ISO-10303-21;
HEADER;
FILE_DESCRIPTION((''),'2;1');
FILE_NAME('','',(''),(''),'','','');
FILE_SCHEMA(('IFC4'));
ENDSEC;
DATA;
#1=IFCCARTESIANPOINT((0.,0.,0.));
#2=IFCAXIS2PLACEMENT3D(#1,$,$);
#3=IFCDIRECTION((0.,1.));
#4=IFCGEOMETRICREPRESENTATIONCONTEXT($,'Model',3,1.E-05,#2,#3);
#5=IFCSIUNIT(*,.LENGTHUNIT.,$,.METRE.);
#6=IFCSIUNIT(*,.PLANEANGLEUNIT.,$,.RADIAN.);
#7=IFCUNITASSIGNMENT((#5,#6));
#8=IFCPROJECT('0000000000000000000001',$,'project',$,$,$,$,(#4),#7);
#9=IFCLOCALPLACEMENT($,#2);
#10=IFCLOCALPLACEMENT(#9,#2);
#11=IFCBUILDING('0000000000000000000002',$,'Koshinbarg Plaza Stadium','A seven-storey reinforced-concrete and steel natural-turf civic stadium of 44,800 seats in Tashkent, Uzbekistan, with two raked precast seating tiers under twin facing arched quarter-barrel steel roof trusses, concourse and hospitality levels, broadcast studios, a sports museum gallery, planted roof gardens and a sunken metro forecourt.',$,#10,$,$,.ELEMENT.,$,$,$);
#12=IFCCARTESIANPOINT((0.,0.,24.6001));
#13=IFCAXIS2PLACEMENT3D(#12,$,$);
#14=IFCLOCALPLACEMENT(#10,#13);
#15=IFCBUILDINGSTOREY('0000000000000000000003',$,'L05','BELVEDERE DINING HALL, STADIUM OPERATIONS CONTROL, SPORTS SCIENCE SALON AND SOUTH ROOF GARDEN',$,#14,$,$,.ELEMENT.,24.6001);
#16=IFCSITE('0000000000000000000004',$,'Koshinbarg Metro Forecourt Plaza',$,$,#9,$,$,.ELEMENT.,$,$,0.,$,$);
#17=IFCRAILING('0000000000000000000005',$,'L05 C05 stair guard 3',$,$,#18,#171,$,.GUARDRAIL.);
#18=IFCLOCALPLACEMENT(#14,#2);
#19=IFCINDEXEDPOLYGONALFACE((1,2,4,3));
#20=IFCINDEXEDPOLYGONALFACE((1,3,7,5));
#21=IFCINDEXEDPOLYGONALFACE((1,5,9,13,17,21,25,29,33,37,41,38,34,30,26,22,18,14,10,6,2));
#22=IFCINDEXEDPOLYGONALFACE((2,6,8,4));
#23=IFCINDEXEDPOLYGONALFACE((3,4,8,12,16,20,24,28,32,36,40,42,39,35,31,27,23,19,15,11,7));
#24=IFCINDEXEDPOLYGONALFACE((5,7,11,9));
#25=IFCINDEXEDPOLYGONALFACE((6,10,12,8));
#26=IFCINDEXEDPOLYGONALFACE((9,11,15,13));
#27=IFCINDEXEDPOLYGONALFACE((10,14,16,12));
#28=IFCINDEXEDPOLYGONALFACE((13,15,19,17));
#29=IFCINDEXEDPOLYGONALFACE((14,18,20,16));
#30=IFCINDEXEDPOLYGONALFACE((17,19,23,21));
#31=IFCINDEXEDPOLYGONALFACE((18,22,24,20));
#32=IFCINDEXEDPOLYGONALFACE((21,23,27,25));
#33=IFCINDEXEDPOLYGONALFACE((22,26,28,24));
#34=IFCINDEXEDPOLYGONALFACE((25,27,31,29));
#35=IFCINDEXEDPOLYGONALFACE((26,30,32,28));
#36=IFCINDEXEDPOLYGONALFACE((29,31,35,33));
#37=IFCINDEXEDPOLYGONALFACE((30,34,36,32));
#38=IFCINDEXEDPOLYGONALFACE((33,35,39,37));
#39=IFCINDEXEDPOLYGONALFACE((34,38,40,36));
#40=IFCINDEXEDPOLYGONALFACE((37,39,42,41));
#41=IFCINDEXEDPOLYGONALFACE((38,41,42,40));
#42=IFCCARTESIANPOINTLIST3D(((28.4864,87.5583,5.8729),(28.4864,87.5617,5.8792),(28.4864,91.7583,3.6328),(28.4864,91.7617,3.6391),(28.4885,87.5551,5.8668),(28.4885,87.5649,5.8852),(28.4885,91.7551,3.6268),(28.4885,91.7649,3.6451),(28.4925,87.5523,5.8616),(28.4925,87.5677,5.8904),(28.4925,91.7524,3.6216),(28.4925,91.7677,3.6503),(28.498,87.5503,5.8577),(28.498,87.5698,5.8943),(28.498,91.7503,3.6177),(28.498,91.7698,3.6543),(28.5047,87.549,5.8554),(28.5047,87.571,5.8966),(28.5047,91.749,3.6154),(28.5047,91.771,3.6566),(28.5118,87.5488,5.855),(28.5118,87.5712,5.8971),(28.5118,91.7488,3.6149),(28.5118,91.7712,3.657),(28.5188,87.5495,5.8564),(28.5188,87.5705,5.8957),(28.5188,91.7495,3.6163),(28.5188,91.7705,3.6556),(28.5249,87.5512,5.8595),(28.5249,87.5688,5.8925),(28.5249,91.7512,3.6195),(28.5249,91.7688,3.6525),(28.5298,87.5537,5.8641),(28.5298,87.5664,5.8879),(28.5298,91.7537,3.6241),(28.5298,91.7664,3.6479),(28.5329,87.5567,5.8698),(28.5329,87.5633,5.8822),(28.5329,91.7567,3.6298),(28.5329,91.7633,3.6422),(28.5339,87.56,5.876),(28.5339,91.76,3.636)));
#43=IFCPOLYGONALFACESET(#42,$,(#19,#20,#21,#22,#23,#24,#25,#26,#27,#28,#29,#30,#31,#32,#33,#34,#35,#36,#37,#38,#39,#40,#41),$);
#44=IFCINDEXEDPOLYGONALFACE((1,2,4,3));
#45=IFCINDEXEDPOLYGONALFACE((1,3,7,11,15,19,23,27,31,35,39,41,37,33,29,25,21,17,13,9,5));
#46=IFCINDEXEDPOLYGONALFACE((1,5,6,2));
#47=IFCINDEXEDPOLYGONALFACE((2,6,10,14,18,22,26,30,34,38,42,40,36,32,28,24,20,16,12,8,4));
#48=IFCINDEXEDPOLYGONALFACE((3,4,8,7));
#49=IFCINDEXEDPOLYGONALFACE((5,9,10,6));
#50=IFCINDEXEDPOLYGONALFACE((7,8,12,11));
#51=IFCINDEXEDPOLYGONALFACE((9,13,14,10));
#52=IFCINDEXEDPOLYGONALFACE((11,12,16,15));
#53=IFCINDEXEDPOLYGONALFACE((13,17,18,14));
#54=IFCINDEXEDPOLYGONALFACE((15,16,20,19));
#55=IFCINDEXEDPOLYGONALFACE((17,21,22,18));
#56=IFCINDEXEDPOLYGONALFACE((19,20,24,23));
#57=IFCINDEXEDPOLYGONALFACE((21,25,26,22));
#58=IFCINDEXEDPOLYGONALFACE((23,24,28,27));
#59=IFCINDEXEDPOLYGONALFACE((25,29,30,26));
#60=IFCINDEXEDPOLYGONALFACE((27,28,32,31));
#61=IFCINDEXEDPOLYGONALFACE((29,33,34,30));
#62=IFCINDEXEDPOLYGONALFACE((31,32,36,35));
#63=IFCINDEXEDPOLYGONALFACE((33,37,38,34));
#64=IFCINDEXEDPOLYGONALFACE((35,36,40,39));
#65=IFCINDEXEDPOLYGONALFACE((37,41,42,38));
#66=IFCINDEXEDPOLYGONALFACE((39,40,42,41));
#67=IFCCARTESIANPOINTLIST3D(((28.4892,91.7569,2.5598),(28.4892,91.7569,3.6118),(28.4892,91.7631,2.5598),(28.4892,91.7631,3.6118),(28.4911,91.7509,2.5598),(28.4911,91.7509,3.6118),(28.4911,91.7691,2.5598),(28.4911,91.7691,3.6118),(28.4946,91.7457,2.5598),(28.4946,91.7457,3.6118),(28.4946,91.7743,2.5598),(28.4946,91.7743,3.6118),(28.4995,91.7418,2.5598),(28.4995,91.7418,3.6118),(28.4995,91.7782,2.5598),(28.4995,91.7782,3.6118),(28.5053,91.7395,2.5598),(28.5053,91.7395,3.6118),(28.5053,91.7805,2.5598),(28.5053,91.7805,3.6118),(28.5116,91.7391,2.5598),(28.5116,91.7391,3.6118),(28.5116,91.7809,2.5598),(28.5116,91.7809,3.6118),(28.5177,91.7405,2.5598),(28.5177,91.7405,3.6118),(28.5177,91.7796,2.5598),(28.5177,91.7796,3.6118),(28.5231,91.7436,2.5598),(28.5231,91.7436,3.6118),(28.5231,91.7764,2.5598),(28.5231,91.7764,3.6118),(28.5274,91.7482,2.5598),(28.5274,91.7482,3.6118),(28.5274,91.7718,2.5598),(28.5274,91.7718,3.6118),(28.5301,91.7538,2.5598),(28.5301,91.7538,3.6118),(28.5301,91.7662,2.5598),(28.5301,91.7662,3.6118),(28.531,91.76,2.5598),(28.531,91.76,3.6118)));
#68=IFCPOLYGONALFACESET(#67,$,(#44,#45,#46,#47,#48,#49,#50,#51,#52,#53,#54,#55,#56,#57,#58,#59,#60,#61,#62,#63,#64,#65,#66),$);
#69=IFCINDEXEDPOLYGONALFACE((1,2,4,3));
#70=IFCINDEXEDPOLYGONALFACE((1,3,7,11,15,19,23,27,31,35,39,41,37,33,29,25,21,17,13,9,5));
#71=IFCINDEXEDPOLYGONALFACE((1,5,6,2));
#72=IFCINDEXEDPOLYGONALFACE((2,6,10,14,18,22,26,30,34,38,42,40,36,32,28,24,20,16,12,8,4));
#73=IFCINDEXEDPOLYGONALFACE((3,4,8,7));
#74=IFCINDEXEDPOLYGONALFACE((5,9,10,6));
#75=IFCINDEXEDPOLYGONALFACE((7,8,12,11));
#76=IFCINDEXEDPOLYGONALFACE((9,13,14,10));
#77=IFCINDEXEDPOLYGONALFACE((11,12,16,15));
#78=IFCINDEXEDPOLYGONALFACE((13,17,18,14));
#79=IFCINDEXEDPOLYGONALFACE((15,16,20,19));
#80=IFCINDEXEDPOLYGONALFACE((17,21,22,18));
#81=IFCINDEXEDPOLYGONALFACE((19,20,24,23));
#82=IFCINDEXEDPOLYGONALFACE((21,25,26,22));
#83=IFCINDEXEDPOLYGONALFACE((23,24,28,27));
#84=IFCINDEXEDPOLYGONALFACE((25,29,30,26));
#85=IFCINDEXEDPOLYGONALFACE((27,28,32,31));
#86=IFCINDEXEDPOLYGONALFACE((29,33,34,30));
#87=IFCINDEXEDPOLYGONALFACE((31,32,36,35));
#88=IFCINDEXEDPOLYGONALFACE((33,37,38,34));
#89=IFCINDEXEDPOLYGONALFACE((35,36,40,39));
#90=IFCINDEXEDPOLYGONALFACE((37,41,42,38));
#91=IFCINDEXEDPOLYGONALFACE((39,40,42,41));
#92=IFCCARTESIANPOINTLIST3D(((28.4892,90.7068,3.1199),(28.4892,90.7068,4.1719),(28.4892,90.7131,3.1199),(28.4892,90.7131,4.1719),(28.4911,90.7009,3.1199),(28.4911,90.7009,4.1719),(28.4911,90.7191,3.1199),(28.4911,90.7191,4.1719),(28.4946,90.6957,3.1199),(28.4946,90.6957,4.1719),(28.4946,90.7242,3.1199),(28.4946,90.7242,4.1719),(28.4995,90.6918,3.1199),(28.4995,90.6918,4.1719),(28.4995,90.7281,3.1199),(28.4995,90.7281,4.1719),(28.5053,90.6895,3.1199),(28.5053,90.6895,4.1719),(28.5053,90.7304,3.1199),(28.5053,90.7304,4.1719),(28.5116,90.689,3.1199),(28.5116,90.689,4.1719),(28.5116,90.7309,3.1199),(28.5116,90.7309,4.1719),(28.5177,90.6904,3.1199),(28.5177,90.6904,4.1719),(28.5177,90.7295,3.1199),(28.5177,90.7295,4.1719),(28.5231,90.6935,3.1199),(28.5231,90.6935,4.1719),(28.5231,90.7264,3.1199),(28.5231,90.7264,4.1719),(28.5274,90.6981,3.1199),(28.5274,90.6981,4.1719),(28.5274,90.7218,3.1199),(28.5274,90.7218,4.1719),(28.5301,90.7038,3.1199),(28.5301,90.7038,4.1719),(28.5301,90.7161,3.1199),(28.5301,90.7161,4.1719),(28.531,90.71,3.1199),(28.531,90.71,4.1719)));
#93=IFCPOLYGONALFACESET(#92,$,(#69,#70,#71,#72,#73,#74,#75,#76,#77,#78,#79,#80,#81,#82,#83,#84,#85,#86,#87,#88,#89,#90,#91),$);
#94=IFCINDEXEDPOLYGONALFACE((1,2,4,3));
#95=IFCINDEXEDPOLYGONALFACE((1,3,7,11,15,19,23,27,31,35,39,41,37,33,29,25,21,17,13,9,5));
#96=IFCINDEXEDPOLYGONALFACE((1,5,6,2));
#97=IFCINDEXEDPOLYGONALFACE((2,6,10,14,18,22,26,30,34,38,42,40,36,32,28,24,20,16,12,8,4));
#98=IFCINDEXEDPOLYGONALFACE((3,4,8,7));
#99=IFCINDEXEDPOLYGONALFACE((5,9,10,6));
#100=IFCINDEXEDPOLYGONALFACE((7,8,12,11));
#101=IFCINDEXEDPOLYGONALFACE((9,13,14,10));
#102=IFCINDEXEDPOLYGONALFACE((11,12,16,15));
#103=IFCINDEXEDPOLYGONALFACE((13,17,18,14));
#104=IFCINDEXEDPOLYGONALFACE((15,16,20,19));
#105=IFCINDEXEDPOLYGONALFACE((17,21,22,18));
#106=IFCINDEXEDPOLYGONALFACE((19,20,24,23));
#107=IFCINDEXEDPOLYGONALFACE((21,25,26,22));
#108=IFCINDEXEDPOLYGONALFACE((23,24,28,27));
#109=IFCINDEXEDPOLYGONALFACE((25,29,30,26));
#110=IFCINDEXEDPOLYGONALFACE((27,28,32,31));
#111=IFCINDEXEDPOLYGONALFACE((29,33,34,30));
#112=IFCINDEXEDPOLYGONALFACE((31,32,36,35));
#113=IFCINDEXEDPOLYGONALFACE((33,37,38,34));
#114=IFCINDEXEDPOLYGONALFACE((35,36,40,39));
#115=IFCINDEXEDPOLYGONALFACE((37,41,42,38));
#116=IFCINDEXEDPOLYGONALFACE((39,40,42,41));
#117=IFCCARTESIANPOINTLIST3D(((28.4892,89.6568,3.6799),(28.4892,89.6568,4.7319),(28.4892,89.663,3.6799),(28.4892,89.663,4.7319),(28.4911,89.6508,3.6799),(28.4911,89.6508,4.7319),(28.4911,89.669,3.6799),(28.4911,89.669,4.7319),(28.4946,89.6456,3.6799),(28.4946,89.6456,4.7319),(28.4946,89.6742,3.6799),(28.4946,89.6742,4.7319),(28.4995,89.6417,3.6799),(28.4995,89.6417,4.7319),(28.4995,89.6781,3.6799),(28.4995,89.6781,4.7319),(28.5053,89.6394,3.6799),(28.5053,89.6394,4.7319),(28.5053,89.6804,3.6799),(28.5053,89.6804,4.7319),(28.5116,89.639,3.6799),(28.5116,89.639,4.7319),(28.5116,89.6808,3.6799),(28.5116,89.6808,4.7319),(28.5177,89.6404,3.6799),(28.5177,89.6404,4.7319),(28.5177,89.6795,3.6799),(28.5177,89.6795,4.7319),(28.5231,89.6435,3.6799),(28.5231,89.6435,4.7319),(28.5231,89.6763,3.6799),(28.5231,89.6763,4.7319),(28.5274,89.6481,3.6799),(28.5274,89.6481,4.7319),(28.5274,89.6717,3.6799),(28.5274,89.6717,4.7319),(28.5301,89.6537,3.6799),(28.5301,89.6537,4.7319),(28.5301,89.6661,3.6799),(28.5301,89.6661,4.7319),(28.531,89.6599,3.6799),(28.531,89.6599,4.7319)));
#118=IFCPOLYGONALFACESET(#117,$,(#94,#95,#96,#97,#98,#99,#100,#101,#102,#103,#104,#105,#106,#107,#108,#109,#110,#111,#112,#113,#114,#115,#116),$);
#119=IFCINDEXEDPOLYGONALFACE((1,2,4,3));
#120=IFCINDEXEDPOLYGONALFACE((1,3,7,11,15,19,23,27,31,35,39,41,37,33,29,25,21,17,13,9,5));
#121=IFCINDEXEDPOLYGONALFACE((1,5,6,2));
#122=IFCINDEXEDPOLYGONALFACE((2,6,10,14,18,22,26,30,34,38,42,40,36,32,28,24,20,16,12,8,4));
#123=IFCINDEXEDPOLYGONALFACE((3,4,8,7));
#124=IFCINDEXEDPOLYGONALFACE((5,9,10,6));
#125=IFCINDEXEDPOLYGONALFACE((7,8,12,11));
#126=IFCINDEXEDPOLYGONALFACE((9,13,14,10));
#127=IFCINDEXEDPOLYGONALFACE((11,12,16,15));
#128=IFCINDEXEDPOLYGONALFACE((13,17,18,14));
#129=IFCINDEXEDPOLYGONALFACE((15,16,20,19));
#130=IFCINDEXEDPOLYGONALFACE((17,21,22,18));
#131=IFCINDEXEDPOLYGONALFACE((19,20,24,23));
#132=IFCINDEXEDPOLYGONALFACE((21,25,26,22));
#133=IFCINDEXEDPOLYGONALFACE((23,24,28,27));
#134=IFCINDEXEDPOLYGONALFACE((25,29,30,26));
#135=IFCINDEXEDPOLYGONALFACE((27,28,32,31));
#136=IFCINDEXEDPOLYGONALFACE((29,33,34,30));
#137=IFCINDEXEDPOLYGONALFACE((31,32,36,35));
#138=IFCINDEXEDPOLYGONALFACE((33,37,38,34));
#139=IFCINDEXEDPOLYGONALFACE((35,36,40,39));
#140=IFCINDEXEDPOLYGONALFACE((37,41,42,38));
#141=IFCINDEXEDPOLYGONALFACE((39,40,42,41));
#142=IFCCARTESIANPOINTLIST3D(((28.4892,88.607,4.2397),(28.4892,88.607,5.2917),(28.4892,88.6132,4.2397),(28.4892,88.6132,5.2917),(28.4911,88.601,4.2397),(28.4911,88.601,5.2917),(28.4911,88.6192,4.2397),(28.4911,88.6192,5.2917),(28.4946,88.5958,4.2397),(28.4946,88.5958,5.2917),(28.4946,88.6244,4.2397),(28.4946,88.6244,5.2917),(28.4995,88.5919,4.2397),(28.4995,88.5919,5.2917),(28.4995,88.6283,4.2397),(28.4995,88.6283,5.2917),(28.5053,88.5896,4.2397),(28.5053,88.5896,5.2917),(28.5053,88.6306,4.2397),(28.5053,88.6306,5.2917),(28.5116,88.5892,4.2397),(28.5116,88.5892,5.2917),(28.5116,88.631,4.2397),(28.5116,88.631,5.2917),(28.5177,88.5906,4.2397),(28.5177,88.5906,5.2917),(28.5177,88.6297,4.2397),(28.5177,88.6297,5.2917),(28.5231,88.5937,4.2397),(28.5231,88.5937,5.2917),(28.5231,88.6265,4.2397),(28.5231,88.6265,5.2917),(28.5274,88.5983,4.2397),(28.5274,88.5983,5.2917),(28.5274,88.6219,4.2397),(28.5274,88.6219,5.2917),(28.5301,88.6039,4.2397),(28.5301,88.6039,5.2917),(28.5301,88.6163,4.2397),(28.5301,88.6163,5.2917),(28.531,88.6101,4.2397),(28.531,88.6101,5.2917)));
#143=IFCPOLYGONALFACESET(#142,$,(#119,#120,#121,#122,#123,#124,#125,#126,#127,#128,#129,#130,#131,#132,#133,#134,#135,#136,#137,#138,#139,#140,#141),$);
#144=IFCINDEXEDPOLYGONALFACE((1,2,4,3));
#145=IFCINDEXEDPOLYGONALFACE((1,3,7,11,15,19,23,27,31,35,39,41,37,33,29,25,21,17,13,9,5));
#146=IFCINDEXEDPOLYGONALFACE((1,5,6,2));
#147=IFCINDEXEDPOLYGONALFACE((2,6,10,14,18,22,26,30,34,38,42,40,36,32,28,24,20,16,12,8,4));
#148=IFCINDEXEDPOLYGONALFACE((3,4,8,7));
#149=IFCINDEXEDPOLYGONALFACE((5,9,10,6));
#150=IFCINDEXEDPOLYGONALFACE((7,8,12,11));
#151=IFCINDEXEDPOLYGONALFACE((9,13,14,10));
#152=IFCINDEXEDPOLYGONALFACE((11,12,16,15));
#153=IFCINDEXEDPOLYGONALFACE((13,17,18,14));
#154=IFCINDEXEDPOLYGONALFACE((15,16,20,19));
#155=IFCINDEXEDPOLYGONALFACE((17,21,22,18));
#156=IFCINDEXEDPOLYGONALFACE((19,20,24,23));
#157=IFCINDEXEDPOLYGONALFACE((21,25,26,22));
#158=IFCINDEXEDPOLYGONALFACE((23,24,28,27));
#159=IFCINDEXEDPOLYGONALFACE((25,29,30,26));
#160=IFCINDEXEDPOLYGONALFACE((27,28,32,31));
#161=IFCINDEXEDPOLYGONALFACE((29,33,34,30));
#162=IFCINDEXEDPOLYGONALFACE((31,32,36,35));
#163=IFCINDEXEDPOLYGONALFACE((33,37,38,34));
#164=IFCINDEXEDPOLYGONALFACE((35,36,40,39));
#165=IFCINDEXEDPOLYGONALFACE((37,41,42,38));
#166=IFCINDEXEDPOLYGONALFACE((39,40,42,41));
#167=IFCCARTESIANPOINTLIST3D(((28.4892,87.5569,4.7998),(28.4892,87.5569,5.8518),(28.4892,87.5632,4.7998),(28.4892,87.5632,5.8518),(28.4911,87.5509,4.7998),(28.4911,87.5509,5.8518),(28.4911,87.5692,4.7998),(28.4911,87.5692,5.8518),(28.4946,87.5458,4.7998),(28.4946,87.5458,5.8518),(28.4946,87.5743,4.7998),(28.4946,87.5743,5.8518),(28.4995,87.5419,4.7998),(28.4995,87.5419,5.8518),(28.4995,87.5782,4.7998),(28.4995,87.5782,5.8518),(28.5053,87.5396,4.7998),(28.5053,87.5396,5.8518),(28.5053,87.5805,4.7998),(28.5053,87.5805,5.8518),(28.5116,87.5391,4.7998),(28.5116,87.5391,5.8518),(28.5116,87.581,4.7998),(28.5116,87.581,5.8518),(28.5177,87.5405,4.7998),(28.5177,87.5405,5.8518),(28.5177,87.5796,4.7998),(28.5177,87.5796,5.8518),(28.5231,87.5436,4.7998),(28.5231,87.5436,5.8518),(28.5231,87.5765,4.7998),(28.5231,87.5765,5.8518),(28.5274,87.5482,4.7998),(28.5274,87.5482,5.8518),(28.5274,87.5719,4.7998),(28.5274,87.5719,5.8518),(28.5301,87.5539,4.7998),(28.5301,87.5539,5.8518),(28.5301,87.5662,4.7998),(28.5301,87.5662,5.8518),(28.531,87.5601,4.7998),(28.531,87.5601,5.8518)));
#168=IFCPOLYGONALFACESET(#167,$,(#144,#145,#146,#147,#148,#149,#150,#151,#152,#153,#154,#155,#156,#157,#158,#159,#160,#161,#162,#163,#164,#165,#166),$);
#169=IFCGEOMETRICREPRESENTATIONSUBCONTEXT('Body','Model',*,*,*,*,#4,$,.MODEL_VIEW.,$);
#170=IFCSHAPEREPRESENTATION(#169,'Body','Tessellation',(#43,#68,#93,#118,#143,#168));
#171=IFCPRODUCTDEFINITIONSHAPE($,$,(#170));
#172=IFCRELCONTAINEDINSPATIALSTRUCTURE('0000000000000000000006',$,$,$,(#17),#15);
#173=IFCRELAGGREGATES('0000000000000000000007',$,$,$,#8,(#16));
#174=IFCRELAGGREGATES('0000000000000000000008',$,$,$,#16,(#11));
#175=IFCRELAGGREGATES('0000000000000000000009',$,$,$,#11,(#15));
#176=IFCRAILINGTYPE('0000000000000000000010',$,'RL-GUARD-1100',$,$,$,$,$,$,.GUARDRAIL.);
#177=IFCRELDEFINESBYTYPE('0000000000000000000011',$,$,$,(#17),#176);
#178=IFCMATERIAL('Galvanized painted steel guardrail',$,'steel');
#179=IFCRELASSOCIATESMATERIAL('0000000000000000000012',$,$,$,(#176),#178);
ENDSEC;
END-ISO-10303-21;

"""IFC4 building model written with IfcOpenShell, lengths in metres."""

from ifc_helpers import new_model, si_unit, direction, frame, origin, origin_2d, place, context, subcontext, project, spatial, circle, extrude, material, type_object, element, save


model = new_model("IFC4")

# Units and contexts
model_context = context("Model", 3, precision=1e-05, world=origin(), true_north=direction((0.0, 1.0)))
body_context = subcontext(model_context, "Body", "Model", "MODEL_VIEW")
ifc_project = project(units=[si_unit("LENGTHUNIT", "METRE"), si_unit("PLANEANGLEUNIT", "RADIAN")], contexts=[model_context])

# Site, building, storey
site_placement = place(None, origin())
site = spatial("IfcSite", under=ifc_project, at=site_placement, Name="Koshinbarg Metro Forecourt Plaza", CompositionType="ELEMENT", RefElevation=0.0)
building_placement = place(site_placement, origin())
building = spatial("IfcBuilding", under=site, at=building_placement, Name="Koshinbarg Plaza Stadium", Description="A seven-storey reinforced-concrete and steel natural-turf civic stadium of 44,800 seats in Tashkent, Uzbekistan, with two raked precast seating tiers under twin facing arched quarter-barrel steel roof trusses, concourse and hospitality levels, broadcast studios, a sports museum gallery, planted roof gardens and a sunken metro forecourt.", CompositionType="ELEMENT")
storey_placement = place(building_placement, frame((0.0, 0.0, 24.6001)))
storey = spatial("IfcBuildingStorey", under=building, at=storey_placement, Name="L05", Description="BELVEDERE DINING HALL, STADIUM OPERATIONS CONTROL, SPORTS SCIENCE SALON AND SOUTH ROOF GARDEN", CompositionType="ELEMENT", Elevation=24.6001)

# Railing
ifc_material_1 = material(Name="Galvanized painted steel guardrail", Category="steel")
railing_type_1 = type_object("IfcRailingType", Name="RL-GUARD-1100", PredefinedType="GUARDRAIL", material=ifc_material_1)
railing_1_placement = place(storey_placement, frame((28.51, 91.76, 2.5598)))
element("IfcRailing", 1, at=railing_1_placement, inside=storey, type_object=railing_type_1, Name="L05 C05 stair guard 3", PredefinedType="GUARDRAIL", context=body_context, shape_type="SweptSolid", body=[
    extrude(circle(Radius=0.0239, at=origin_2d()), frame((0.0, 0.0, 1.0762), z_axis=(0.0, -0.882352, 0.470591), x_axis=(1.0, 0.0, 0.0)), (0.0, 0.0, 1.0), 4.76),
    extrude(circle(Radius=0.021, at=origin_2d()), origin(), (0.0, 0.0, 1.0), 1.052),
    extrude(circle(Radius=0.021, at=origin_2d()), frame((0.0, -1.05, 0.5601)), (0.0, 0.0, 1.0), 1.052),
    extrude(circle(Radius=0.021, at=origin_2d()), frame((0.0, -2.1001, 1.1201)), (0.0, 0.0, 1.0), 1.052),
    extrude(circle(Radius=0.021, at=origin_2d()), frame((0.0, -3.1499, 1.6799)), (0.0, 0.0, 1.0), 1.052),
    extrude(circle(Radius=0.021, at=origin_2d()), frame((0.0, -4.2, 2.24)), (0.0, 0.0, 1.0), 1.052),
])

save(model, "model.ifc")
